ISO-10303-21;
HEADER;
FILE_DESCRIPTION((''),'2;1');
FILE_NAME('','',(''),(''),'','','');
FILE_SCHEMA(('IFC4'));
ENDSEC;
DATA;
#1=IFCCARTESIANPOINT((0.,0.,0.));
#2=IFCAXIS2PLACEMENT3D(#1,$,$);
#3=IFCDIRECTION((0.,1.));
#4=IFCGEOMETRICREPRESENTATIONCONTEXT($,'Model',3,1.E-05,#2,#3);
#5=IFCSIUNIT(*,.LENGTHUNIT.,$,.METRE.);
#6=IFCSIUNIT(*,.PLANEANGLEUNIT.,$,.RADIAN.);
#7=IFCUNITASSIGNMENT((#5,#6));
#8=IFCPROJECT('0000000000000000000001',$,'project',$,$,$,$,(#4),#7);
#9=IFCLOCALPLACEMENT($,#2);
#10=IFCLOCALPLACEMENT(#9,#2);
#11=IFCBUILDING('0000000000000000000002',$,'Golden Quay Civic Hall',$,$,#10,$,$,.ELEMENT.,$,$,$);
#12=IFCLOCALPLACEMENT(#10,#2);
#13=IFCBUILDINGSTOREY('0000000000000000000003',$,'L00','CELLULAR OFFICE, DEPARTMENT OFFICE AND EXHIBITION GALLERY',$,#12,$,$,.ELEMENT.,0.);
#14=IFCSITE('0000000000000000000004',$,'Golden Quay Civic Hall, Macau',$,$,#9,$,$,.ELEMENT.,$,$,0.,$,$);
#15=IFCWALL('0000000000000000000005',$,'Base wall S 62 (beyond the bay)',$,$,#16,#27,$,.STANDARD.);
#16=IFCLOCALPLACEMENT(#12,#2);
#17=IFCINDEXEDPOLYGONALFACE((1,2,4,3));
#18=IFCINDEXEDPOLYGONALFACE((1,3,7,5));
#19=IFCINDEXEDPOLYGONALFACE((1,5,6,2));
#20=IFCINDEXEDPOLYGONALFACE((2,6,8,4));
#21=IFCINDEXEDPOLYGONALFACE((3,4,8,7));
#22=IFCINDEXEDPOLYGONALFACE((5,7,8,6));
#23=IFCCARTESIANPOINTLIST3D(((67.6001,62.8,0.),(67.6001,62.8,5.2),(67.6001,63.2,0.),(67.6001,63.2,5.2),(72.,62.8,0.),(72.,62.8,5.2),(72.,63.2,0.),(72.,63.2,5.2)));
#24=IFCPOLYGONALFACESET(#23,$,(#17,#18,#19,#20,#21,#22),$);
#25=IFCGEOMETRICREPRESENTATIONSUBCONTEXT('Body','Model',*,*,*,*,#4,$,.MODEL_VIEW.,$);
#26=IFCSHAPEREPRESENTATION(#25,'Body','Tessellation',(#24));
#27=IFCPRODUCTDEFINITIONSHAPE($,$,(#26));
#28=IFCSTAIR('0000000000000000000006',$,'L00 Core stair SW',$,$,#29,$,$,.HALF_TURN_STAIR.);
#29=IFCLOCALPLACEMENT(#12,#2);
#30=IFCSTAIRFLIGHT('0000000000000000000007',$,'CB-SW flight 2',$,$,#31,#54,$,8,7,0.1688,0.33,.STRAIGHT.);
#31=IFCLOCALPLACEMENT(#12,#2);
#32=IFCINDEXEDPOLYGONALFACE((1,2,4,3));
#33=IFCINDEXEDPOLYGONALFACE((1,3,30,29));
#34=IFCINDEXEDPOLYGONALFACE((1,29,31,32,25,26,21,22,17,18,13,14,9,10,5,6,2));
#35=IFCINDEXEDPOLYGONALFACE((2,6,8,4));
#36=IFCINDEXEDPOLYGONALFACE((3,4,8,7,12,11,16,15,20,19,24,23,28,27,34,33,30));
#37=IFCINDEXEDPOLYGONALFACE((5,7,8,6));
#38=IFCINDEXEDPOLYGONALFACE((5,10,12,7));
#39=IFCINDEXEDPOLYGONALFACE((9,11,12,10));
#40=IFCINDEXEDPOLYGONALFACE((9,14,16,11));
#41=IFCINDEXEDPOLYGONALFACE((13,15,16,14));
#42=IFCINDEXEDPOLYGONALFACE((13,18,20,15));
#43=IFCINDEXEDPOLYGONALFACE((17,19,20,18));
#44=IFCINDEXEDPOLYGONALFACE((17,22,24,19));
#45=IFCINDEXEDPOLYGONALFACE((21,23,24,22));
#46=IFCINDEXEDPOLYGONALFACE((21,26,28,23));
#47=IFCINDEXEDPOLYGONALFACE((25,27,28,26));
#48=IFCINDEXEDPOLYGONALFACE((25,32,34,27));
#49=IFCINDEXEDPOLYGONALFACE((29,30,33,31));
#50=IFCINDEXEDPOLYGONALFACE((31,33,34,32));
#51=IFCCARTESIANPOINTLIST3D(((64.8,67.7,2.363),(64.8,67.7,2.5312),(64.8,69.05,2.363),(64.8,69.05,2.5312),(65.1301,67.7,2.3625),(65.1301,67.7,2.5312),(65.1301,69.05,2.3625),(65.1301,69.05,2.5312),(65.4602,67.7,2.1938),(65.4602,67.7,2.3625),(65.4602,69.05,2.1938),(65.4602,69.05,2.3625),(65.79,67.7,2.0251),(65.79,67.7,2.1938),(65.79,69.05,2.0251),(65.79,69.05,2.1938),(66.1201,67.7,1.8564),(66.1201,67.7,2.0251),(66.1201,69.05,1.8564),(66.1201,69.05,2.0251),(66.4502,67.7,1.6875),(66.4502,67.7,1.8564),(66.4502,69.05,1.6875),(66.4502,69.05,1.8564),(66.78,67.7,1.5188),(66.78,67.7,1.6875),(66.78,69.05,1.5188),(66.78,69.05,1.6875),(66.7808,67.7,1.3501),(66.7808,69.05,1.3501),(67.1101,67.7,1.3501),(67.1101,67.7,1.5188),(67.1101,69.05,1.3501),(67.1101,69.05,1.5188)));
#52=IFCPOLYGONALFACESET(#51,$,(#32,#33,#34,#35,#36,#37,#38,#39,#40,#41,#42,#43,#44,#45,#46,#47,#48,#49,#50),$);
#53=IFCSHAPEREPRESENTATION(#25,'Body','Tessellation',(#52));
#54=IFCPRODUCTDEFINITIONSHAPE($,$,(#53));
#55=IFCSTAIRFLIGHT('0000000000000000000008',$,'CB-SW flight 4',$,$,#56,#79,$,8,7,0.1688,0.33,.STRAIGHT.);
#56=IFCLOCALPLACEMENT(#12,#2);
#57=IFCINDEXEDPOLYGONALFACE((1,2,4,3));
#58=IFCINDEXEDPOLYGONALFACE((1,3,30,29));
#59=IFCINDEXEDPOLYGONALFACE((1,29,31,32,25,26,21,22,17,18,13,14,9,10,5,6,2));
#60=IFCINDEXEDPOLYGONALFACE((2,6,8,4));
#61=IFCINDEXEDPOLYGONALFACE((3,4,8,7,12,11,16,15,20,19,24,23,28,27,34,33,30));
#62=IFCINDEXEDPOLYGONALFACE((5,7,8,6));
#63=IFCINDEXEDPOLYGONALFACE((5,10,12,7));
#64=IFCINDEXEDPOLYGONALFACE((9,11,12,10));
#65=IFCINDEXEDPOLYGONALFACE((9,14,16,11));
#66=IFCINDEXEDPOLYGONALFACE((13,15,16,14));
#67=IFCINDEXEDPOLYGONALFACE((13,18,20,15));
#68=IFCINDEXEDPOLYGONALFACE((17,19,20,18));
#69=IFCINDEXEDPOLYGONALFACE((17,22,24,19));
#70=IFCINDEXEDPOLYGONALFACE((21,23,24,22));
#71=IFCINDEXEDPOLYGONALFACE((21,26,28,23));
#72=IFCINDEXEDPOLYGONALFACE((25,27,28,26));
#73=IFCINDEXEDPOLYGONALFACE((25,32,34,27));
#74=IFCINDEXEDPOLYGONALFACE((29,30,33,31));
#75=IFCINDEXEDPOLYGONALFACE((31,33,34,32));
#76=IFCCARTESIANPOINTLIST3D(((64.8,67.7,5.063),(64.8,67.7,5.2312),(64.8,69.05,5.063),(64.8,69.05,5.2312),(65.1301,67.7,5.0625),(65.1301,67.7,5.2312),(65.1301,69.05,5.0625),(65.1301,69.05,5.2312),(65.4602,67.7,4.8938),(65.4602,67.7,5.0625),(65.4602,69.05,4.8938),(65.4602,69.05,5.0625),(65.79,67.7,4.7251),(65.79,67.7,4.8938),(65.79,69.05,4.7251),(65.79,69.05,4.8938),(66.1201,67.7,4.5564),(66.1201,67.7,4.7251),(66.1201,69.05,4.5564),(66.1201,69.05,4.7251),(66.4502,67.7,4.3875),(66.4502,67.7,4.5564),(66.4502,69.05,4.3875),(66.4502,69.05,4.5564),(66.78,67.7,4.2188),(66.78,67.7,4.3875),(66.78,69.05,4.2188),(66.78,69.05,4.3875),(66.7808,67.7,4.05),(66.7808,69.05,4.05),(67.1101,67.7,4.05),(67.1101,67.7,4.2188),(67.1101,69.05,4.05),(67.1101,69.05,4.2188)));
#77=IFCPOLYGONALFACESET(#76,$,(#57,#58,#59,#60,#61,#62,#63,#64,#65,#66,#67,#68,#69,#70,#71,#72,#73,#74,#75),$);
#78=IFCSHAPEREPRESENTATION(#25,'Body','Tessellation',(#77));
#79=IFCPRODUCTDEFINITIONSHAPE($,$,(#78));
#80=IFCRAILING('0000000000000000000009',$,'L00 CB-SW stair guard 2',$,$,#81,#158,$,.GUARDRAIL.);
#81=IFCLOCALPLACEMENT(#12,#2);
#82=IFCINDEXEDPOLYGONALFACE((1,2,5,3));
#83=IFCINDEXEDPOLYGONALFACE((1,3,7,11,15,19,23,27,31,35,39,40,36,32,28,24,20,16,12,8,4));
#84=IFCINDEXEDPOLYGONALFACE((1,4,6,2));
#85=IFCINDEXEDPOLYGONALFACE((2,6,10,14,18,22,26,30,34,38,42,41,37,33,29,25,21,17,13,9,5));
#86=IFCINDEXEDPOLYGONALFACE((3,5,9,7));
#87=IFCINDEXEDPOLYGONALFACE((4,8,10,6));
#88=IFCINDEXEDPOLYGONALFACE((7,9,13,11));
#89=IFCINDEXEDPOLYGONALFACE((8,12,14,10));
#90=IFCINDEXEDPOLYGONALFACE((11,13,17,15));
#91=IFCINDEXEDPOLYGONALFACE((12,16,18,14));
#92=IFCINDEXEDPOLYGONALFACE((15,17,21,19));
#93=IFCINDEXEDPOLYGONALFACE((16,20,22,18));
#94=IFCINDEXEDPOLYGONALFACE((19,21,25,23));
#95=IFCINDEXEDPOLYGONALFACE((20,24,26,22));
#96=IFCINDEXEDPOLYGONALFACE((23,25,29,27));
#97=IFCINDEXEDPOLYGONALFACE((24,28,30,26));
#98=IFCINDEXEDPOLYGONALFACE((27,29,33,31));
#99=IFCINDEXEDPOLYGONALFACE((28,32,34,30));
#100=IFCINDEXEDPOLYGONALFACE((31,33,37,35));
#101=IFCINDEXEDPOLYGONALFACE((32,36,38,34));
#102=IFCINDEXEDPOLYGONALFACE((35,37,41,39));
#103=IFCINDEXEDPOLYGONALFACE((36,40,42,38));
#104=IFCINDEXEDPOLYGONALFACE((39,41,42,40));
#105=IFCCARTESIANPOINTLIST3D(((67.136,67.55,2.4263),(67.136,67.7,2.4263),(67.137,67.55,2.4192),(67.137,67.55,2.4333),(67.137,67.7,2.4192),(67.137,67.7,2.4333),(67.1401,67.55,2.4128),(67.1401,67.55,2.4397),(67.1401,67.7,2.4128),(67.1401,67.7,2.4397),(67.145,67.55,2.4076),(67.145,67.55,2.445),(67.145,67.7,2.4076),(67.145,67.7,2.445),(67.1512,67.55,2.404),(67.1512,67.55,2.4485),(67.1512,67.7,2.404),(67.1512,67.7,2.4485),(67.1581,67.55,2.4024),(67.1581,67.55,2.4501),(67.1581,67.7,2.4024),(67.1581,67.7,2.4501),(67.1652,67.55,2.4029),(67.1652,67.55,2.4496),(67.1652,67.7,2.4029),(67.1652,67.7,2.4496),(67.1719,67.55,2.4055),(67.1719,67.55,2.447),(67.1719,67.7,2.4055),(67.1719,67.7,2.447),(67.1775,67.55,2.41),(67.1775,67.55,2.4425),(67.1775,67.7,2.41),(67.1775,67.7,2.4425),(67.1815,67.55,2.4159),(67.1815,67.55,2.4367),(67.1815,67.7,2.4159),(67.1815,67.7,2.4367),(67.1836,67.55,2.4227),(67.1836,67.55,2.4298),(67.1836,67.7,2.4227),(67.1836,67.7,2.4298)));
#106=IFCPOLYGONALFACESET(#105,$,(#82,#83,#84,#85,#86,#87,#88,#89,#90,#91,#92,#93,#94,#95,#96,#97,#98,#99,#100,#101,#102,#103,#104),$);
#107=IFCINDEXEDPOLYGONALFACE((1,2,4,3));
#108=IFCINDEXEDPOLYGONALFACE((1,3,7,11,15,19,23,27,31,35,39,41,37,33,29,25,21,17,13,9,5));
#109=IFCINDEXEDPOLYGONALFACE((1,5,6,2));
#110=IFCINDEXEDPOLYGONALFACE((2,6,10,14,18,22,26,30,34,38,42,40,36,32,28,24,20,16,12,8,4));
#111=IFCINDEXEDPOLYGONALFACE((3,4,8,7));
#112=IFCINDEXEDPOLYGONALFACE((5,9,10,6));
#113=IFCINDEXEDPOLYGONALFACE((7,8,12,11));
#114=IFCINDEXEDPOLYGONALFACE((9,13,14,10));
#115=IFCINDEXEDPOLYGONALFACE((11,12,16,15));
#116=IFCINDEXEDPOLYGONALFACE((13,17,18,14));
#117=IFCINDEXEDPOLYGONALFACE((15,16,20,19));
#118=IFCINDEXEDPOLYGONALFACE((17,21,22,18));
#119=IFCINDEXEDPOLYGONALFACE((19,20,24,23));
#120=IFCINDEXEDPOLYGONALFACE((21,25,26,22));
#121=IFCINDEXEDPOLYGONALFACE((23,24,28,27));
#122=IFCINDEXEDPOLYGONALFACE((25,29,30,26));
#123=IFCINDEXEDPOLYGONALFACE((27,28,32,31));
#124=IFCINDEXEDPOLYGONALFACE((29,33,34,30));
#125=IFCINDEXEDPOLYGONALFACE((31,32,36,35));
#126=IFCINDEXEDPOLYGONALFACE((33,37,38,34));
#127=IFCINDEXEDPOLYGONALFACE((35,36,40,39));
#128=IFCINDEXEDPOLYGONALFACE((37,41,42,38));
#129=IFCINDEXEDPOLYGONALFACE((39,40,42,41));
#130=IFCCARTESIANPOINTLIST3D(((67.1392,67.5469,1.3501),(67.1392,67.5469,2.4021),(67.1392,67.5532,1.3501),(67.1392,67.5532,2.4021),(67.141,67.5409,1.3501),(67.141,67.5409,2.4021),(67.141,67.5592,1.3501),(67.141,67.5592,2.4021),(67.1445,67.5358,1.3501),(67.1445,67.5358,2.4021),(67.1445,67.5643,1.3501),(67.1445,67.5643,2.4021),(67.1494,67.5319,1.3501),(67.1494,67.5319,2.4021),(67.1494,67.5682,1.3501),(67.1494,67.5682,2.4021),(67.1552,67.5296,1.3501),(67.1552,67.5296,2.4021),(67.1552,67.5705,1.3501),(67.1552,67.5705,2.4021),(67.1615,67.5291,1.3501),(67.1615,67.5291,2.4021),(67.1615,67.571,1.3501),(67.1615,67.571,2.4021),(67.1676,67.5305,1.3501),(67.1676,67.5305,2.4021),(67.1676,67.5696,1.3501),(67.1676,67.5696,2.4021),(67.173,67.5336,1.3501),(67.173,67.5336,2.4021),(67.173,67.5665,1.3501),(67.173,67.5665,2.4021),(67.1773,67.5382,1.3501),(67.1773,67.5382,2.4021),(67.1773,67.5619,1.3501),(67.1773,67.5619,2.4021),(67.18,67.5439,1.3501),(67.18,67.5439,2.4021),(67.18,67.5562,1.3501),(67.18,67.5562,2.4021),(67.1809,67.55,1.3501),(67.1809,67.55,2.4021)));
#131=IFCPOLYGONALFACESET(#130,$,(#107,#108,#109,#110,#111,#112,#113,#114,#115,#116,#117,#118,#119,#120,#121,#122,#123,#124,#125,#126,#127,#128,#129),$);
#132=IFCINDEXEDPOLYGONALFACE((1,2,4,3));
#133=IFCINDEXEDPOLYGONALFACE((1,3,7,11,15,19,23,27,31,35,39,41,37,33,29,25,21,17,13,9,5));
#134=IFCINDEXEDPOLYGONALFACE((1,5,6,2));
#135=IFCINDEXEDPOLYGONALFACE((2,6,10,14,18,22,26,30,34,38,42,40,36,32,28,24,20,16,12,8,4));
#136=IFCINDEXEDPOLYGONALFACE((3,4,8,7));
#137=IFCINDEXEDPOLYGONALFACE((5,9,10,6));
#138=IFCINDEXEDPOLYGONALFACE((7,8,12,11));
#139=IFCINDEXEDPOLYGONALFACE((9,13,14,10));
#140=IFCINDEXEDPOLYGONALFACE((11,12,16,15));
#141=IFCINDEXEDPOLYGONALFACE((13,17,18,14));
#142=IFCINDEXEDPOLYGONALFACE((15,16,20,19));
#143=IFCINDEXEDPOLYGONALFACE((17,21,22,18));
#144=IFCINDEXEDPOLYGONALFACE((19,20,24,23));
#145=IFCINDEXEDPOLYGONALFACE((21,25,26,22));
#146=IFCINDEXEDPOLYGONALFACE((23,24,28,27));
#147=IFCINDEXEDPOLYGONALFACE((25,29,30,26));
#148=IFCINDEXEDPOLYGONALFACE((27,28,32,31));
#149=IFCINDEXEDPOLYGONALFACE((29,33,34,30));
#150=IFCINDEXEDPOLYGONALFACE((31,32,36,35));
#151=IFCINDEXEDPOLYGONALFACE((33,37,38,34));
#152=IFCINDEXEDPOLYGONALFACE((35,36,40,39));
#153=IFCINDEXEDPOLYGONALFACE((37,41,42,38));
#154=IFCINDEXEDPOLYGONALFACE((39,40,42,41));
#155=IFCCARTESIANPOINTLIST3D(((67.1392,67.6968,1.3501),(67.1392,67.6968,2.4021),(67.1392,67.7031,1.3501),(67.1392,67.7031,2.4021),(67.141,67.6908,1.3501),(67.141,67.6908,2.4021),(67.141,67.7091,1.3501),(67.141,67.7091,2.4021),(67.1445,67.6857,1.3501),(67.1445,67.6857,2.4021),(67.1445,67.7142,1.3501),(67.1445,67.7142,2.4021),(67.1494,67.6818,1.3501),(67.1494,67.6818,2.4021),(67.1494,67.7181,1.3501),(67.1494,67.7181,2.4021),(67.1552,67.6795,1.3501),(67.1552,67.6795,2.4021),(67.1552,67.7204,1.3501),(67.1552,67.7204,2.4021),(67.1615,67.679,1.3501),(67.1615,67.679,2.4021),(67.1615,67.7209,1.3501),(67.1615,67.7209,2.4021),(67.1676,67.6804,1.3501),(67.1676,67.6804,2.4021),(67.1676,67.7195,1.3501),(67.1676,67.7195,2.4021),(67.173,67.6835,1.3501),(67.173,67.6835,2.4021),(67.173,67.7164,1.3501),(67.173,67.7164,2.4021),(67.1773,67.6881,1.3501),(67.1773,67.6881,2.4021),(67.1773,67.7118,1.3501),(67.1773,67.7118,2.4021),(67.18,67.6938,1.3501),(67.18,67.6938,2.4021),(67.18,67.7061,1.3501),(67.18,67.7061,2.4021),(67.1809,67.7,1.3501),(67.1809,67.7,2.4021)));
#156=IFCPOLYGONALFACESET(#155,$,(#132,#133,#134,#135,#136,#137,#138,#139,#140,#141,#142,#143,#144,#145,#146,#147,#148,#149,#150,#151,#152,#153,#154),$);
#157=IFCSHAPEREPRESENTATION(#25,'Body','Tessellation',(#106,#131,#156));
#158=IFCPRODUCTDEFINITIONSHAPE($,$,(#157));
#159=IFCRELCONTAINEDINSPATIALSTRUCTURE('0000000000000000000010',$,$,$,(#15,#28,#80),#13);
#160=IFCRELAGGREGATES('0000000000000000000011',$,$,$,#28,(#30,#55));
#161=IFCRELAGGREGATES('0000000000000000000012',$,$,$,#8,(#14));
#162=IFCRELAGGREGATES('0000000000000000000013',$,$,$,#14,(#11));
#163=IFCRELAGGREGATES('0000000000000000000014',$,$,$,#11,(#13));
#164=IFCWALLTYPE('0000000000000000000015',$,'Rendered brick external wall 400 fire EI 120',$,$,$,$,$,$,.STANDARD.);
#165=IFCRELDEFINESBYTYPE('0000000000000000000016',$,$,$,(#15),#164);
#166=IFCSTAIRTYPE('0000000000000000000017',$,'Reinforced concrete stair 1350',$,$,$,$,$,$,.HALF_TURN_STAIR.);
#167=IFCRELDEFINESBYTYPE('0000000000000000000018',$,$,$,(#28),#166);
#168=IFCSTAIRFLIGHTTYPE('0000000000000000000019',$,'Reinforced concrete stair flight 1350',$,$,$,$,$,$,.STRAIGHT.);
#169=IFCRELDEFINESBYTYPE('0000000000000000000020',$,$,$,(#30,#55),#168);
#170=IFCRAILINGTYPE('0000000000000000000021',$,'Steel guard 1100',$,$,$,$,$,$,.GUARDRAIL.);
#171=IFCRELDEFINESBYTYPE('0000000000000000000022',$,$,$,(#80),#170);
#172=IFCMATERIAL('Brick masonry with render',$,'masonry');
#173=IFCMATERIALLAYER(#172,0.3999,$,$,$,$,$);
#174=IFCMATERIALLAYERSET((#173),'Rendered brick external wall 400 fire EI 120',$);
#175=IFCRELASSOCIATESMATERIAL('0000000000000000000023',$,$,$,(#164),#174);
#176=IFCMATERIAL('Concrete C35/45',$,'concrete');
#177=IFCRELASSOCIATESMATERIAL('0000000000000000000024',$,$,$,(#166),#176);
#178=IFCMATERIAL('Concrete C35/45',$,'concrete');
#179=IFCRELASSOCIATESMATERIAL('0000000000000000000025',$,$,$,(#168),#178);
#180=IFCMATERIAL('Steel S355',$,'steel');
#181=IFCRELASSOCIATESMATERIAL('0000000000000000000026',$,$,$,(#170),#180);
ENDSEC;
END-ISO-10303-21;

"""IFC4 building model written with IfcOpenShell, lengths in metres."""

from ifc_helpers import new_model, si_unit, direction, frame, frame_2d, origin, origin_2d, place, context, subcontext, project, spatial, polyline, rectangle, circle, outline, extrude, material, layer, layer_set, type_object, element, aggregate, save


model = new_model("IFC4")

# Units and contexts
model_context = context("Model", 3, precision=1e-05, world=origin(), true_north=direction((0.0, 1.0)))
body_context = subcontext(model_context, "Body", "Model", "MODEL_VIEW")
ifc_project = project(units=[si_unit("LENGTHUNIT", "METRE"), si_unit("PLANEANGLEUNIT", "RADIAN")], contexts=[model_context])

# Site, building, storey
site_placement = place(None, origin())
site = spatial("IfcSite", under=ifc_project, at=site_placement, Name="Golden Quay Civic Hall, Macau", CompositionType="ELEMENT", RefElevation=0.0)
building_placement = place(site_placement, origin())
building = spatial("IfcBuilding", under=site, at=building_placement, Name="Golden Quay Civic Hall", CompositionType="ELEMENT")
storey_placement = place(building_placement, origin())
storey = spatial("IfcBuildingStorey", under=building, at=storey_placement, Name="L00", Description="CELLULAR OFFICE, DEPARTMENT OFFICE AND EXHIBITION GALLERY", CompositionType="ELEMENT", Elevation=0.0)

# Wall
ifc_material_1 = material(Name="Brick masonry with render", Category="masonry")
ifc_layer_1 = layer(ifc_material_1, 0.3999)
ifc_layer_set_1 = layer_set([ifc_layer_1], Name="Rendered brick external wall 400 fire EI 120")
wall_type_1 = type_object("IfcWallType", Name="Rendered brick external wall 400 fire EI 120", PredefinedType="STANDARD", material=ifc_layer_set_1)
wall_1_placement = place(storey_placement, frame((67.6001, 63.0, 0.0), z_axis=(0.0, 0.0, 1.0), x_axis=(1.0, 0.0, 0.0)))
element("IfcWall", 1, at=wall_1_placement, inside=storey, type_object=wall_type_1, Name="Base wall S 62 (beyond the bay)", PredefinedType="STANDARD", context=body_context, shape_type="SweptSolid", body=[
    extrude(rectangle(XDim=4.3999, YDim=0.3999, at=frame_2d((2.2, 0.0))), origin(), (0.0, 0.0, 1.0), 5.2),
])

# Stair, stair flights
ifc_material_2 = material(Name="Concrete C35/45", Category="concrete")
stair_type = type_object("IfcStairType", Name="Reinforced concrete stair 1350", PredefinedType="HALF_TURN_STAIR", material=ifc_material_2)
stair_placement = place(storey_placement, origin())
stair = element("IfcStair", 2, at=stair_placement, inside=storey, type_object=stair_type, Name="L00 Core stair SW", PredefinedType="HALF_TURN_STAIR")
ifc_material_3 = material(Name="Concrete C35/45", Category="concrete")
stair_flight_type = type_object("IfcStairFlightType", Name="Reinforced concrete stair flight 1350", PredefinedType="STRAIGHT", material=ifc_material_3)
stair_flight_1_placement = place(storey_placement, frame((67.1101, 68.375, 1.3501), z_axis=(0.0, 0.0, 1.0), x_axis=(-1.0, 0.0, 0.0)))
stair_flight_1 = element("IfcStairFlight", 3, at=stair_flight_1_placement, type_object=stair_flight_type, Name="CB-SW flight 2", NumberOfRisers=8, NumberOfTreads=7, PredefinedType="STRAIGHT", RiserHeight=0.1688, TreadLength=0.33, context=body_context, shape_type="SweptSolid", body=[
    extrude(outline(polyline([(0.0, 0.0), (0.0, 0.1687), (0.3301, 0.1687), (0.3301, 0.3374), (0.6599, 0.3374), (0.6599, 0.5063), (0.99, 0.5063), (0.99, 0.675), (1.3201, 0.675), (1.3201, 0.8438), (1.6499, 0.8438), (1.6499, 1.0125), (1.98, 1.0125), (1.98, 1.1812), (2.3101, 1.1812), (2.3101, 1.3501), (2.3101, 1.0129), (0.3293, 0.0), (0.0, 0.0)])), frame((0.0, 0.675, 0.0), z_axis=(0.0, -1.0, 0.0), x_axis=(1.0, 0.0, 0.0)), (0.0, 0.0, 1.0), 1.35),
])
stair_flight_2_placement = place(storey_placement, frame((67.1101, 68.375, 4.05), z_axis=(0.0, 0.0, 1.0), x_axis=(-1.0, 0.0, 0.0)))
stair_flight_2 = element("IfcStairFlight", 4, at=stair_flight_2_placement, type_object=stair_flight_type, Name="CB-SW flight 4", NumberOfRisers=8, NumberOfTreads=7, PredefinedType="STRAIGHT", RiserHeight=0.1688, TreadLength=0.33, context=body_context, shape_type="SweptSolid", body=[
    extrude(outline(polyline([(0.0, 0.0), (0.0, 0.1687), (0.3301, 0.1687), (0.3301, 0.3374), (0.6599, 0.3374), (0.6599, 0.5063), (0.99, 0.5063), (0.99, 0.675), (1.3201, 0.675), (1.3201, 0.8438), (1.6499, 0.8438), (1.6499, 1.0125), (1.98, 1.0125), (1.98, 1.1812), (2.3101, 1.1812), (2.3101, 1.3501), (2.3101, 1.0129), (0.3293, 0.0), (0.0, 0.0)])), frame((0.0, 0.675, 0.0), z_axis=(0.0, -1.0, 0.0), x_axis=(1.0, 0.0, 0.0)), (0.0, 0.0, 1.0), 1.35),
])
aggregate(stair, [stair_flight_1, stair_flight_2])

# Railing
ifc_material_4 = material(Name="Steel S355", Category="steel")
railing_type_1 = type_object("IfcRailingType", Name="Steel guard 1100", PredefinedType="GUARDRAIL", material=ifc_material_4)
railing_1_placement = place(storey_placement, frame((67.1599, 67.55, 1.3501)))
element("IfcRailing", 5, at=railing_1_placement, inside=storey, type_object=railing_type_1, Name="L00 CB-SW stair guard 2", PredefinedType="GUARDRAIL", context=body_context, shape_type="SweptSolid", body=[
    extrude(circle(Radius=0.0239, at=origin_2d()), frame((0.0, 0.0, 1.0762), z_axis=(0.0, 1.0, 0.0), x_axis=(-1.0, 0.0, 0.0)), (0.0, 0.0, 1.0), 0.1499),
    extrude(circle(Radius=0.021, at=origin_2d()), origin(), (0.0, 0.0, 1.0), 1.052),
    extrude(circle(Radius=0.021, at=origin_2d()), frame((0.0, 0.1499, 0.0)), (0.0, 0.0, 1.0), 1.052),
])

save(model, "model.ifc")
